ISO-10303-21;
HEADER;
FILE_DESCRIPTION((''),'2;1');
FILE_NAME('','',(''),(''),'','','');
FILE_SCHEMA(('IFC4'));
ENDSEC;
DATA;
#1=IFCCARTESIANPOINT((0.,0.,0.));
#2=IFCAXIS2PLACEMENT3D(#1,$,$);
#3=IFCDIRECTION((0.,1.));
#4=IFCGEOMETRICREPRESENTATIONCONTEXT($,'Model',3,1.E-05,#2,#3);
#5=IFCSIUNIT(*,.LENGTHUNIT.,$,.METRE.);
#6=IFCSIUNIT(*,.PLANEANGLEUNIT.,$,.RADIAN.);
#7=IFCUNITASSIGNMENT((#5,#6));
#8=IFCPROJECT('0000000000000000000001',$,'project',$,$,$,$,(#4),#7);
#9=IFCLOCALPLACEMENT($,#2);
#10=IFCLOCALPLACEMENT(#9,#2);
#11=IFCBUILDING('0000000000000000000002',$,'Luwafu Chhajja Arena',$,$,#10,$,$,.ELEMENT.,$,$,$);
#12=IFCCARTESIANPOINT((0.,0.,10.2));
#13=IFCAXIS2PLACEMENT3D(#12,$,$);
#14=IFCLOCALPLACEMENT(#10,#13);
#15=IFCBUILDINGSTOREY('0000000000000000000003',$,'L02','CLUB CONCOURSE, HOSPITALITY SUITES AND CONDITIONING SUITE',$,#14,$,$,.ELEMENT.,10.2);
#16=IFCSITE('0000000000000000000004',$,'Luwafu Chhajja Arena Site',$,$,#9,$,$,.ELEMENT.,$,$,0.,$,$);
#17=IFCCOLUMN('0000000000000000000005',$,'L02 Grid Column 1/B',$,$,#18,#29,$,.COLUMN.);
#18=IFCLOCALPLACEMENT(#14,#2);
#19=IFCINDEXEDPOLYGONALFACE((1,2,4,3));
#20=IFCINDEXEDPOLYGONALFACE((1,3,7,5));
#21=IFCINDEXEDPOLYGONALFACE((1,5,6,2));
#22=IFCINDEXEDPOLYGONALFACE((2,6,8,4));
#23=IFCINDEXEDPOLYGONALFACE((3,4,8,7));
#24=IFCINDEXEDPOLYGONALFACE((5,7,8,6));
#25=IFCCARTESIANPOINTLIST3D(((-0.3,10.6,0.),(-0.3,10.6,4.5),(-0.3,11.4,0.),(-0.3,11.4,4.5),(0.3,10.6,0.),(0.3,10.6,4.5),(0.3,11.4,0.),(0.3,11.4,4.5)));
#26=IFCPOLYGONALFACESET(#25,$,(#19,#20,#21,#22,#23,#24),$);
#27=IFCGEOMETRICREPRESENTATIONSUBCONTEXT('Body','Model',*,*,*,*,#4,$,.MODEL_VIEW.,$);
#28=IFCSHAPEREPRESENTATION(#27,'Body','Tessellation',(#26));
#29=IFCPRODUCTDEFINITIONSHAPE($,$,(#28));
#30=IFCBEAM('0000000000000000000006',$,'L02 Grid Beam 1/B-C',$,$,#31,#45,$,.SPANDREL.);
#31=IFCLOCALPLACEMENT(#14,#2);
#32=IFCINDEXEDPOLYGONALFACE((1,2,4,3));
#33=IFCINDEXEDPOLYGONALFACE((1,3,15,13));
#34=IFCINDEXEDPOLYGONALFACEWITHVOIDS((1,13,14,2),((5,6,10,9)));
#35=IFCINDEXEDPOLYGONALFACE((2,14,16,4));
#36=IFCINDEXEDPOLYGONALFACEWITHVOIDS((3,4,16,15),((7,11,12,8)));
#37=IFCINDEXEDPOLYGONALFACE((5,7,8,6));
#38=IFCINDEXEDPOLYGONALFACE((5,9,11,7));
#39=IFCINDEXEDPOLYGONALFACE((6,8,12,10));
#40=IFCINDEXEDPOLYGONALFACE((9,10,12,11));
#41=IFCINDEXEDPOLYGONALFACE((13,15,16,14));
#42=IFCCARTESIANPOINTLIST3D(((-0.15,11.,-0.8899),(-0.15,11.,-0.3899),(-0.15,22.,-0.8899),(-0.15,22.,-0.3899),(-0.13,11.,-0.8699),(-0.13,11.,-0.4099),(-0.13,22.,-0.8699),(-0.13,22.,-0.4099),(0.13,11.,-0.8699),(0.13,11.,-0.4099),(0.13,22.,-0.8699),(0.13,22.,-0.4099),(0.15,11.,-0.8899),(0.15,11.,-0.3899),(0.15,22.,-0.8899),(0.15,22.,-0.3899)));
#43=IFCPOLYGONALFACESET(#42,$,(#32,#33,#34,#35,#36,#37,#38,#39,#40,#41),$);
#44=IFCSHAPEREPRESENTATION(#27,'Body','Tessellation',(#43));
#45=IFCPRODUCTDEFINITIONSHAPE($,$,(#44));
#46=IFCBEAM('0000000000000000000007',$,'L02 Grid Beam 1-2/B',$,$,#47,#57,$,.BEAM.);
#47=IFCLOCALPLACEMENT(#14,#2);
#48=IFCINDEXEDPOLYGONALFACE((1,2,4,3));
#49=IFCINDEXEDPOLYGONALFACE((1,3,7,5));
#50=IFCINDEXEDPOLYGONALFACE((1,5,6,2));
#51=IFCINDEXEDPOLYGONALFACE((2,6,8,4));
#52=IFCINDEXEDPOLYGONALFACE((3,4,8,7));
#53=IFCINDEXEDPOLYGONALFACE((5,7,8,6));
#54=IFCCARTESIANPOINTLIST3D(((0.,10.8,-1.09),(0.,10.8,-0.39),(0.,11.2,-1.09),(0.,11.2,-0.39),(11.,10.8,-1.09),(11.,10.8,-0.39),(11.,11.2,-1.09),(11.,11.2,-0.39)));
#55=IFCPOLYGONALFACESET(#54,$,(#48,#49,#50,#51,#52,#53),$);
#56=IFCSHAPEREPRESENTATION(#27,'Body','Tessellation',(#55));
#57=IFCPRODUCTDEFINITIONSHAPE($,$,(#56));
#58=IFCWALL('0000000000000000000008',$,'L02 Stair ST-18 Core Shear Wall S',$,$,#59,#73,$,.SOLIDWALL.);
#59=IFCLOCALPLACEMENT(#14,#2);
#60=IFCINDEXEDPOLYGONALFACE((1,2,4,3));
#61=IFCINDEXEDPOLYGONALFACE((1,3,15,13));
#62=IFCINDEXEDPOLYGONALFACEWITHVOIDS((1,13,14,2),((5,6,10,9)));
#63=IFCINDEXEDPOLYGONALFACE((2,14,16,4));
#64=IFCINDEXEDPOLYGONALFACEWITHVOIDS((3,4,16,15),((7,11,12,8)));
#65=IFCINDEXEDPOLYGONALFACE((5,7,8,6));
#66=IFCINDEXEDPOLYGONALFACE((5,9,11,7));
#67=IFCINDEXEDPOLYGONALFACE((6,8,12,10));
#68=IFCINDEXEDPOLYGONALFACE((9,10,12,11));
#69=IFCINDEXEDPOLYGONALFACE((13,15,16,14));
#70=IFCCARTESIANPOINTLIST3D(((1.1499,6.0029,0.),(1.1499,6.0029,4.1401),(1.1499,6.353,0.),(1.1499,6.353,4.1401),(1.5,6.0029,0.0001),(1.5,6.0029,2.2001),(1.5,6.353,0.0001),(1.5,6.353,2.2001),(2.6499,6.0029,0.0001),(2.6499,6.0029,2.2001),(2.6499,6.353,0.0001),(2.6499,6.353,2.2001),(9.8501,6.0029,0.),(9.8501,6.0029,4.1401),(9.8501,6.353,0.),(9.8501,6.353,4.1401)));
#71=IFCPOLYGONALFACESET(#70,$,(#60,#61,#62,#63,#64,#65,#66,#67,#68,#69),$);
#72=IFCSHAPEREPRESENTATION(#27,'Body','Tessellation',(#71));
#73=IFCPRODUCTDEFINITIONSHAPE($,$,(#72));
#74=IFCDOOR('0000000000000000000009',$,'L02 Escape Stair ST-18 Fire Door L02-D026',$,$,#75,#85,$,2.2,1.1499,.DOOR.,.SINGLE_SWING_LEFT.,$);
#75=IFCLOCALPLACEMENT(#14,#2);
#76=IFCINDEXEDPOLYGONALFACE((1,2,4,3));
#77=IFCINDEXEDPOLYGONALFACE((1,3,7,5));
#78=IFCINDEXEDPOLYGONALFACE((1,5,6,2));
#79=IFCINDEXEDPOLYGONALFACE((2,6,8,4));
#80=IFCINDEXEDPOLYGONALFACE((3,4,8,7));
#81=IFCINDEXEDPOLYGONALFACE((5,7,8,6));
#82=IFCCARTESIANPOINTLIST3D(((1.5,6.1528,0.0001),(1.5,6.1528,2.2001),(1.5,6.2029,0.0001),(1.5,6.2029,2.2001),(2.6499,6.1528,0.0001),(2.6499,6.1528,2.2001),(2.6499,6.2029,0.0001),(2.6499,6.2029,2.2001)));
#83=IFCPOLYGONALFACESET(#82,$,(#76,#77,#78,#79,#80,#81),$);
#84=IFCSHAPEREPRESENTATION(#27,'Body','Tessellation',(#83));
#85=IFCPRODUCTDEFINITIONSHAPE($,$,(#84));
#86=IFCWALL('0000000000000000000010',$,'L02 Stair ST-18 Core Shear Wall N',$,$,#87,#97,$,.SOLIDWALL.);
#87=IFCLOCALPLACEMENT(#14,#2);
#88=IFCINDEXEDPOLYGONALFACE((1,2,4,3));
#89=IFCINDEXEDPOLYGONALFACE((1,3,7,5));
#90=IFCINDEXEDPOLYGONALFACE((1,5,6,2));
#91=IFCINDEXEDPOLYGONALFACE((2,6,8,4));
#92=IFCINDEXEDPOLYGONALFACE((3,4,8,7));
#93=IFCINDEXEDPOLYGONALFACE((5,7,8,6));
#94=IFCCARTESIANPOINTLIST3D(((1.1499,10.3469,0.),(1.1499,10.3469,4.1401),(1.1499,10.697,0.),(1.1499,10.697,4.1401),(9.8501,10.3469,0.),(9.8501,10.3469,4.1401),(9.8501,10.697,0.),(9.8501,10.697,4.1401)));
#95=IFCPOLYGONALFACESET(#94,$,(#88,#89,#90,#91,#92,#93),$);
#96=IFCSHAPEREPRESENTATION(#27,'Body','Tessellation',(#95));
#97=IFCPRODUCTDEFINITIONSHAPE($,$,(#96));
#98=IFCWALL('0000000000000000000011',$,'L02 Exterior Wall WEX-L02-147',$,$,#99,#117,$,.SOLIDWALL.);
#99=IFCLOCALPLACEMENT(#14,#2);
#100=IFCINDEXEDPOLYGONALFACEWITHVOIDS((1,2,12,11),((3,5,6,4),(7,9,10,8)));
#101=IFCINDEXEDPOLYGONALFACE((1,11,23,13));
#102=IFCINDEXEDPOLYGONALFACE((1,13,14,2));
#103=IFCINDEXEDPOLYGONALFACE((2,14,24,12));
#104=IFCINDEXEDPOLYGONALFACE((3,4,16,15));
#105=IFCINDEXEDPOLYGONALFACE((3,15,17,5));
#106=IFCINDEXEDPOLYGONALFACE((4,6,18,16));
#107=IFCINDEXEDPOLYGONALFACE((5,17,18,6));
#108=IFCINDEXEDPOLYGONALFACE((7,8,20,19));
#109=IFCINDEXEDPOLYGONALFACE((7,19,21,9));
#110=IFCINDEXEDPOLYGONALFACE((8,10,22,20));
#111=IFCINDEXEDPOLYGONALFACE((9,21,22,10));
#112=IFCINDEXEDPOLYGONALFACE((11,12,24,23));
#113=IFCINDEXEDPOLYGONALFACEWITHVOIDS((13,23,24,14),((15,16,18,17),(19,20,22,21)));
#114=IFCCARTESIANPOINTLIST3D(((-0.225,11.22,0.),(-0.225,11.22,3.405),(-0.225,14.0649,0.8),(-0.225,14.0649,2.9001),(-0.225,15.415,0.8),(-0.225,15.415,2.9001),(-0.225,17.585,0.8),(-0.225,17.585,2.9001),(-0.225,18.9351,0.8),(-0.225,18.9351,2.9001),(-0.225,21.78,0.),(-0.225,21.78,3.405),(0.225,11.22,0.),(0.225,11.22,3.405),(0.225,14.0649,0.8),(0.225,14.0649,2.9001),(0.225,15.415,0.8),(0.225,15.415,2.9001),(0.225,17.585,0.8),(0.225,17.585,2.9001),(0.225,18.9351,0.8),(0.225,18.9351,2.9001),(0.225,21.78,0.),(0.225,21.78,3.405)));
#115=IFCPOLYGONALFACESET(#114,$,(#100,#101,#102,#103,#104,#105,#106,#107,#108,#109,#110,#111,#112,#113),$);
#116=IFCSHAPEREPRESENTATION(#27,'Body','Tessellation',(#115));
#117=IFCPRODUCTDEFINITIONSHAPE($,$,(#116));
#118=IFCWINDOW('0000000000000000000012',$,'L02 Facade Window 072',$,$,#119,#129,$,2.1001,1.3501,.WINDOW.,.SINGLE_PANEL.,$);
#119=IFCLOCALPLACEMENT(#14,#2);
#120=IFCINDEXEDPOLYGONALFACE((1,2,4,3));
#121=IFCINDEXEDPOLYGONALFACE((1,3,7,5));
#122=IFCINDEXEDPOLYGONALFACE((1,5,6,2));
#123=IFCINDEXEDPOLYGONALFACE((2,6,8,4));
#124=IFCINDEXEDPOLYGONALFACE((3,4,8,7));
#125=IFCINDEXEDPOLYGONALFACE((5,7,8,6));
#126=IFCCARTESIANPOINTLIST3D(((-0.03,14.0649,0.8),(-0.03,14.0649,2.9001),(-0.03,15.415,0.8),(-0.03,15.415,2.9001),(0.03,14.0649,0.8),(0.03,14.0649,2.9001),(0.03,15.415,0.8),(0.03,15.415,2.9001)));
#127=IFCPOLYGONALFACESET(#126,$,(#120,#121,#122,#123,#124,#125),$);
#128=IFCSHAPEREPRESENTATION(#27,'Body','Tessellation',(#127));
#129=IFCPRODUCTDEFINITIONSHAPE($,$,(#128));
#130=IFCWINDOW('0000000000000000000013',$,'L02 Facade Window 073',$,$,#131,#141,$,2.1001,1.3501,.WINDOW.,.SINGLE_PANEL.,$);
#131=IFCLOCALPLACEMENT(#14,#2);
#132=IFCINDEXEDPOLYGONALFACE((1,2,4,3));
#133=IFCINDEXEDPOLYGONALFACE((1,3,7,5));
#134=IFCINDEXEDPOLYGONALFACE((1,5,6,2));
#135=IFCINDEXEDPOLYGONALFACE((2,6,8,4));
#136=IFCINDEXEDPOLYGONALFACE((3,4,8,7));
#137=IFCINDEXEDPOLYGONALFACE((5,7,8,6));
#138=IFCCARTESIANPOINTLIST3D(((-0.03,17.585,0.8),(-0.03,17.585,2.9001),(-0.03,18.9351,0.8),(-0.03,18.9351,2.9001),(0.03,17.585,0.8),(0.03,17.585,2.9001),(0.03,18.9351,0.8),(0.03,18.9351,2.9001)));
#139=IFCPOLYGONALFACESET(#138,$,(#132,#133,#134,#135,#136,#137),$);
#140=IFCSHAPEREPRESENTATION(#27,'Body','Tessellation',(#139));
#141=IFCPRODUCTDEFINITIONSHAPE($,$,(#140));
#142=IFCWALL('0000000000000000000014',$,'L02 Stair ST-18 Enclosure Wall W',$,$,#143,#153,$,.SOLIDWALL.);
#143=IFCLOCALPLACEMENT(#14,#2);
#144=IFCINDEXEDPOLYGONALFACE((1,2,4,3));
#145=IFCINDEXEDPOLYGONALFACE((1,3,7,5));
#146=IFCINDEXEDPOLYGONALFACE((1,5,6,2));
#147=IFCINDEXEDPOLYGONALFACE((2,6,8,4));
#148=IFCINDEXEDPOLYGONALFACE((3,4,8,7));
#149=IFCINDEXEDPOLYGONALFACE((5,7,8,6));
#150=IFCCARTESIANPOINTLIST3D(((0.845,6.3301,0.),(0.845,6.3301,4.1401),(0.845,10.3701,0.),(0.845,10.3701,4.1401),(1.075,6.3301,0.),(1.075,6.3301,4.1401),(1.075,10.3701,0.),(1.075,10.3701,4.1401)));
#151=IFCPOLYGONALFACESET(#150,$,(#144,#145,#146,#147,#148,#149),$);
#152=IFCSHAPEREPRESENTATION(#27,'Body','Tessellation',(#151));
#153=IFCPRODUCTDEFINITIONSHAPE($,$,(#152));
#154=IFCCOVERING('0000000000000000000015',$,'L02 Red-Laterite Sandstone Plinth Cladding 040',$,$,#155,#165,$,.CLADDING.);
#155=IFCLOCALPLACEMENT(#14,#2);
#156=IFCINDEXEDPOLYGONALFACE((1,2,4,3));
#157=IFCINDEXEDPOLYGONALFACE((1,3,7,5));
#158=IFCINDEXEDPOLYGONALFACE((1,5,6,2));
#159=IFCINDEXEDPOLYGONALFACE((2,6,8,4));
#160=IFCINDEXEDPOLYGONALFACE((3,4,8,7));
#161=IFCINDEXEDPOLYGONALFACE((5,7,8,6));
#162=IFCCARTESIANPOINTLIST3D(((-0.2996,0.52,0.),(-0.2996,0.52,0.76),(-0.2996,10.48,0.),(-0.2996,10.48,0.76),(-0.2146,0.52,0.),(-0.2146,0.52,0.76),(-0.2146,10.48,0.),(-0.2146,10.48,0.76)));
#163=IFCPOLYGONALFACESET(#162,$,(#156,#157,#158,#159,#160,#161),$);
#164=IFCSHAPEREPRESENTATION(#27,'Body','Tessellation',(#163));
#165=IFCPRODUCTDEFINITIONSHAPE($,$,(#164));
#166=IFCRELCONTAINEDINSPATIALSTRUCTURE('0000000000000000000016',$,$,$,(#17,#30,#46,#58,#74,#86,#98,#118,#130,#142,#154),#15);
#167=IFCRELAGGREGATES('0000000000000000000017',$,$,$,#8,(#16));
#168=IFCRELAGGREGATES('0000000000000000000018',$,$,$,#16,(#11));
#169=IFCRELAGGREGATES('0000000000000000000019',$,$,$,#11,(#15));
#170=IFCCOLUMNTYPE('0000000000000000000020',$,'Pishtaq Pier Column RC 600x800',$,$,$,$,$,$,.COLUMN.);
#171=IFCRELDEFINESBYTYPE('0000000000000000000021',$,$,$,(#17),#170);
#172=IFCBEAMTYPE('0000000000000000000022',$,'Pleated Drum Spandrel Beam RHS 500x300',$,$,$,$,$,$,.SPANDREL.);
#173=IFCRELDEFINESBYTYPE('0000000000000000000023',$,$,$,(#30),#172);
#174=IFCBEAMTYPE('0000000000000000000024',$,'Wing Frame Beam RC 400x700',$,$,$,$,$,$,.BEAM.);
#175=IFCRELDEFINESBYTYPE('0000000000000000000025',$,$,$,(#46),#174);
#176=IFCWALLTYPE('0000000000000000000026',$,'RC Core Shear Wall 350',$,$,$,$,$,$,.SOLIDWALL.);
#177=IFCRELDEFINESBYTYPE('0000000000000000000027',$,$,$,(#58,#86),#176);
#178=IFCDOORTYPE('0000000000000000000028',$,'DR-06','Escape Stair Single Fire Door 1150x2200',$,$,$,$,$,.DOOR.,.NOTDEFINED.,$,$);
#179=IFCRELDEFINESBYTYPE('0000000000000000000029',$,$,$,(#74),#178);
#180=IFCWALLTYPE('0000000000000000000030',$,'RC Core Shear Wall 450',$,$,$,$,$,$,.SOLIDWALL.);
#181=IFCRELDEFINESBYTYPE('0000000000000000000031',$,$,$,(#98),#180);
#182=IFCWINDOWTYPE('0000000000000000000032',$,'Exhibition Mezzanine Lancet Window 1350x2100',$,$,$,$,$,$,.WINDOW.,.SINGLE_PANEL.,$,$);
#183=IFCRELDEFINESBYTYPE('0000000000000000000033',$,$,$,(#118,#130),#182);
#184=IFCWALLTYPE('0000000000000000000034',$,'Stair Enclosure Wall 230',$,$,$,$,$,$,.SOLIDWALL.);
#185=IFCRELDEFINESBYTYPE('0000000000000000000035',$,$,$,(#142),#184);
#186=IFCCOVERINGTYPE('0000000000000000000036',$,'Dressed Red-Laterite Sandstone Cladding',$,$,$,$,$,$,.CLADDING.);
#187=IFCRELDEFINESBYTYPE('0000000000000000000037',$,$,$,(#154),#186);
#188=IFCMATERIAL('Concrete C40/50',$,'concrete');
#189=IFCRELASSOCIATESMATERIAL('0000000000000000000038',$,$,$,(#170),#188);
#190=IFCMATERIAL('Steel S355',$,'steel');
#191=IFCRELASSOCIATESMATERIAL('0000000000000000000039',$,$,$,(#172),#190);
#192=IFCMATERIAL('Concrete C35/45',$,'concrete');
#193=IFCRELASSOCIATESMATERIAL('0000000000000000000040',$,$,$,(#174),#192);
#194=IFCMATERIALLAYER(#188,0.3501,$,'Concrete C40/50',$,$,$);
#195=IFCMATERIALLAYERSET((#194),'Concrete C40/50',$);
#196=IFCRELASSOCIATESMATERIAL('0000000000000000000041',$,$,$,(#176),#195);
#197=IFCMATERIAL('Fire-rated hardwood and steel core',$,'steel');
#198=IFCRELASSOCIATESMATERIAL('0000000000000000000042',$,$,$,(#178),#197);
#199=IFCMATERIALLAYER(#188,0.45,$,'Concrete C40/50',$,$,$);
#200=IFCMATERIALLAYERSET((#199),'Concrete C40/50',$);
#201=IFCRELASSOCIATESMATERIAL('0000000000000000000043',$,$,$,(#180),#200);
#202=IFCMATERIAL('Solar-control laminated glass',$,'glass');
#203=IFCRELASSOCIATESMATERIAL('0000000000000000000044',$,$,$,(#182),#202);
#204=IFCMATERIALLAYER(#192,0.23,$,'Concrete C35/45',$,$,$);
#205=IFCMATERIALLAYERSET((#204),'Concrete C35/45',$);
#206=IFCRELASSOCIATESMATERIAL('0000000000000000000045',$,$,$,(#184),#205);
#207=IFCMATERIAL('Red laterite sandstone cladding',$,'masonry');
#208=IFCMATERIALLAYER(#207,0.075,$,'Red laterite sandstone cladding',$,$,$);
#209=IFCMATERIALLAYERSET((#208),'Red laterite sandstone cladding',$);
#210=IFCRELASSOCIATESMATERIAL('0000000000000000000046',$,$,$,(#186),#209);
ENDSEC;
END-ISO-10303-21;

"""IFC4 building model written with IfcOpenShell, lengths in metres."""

from ifc_helpers import new_model, si_unit, direction, frame, frame_2d, origin, origin_2d, place, context, subcontext, project, spatial, rectangle, hollow_rectangle, extrude, material, layer, layer_set, material_profile, profile_set, type_object, element, fill, save


model = new_model("IFC4")

# Units and contexts
model_context = context("Model", 3, precision=1e-05, world=origin(), true_north=direction((0.0, 1.0)))
body_context = subcontext(model_context, "Body", "Model", "MODEL_VIEW")
ifc_project = project(units=[si_unit("LENGTHUNIT", "METRE"), si_unit("PLANEANGLEUNIT", "RADIAN")], contexts=[model_context])

# Site, building, storey
site_placement = place(None, origin())
site = spatial("IfcSite", under=ifc_project, at=site_placement, Name="Luwafu Chhajja Arena Site", CompositionType="ELEMENT", RefElevation=0.0)
building_placement = place(site_placement, origin())
building = spatial("IfcBuilding", under=site, at=building_placement, Name="Luwafu Chhajja Arena", CompositionType="ELEMENT")
storey_placement = place(building_placement, frame((0.0, 0.0, 10.2)))
storey = spatial("IfcBuildingStorey", under=building, at=storey_placement, Name="L02", Description="CLUB CONCOURSE, HOSPITALITY SUITES AND CONDITIONING SUITE", CompositionType="ELEMENT", Elevation=10.2)

# Column
ifc_material_1 = material(Name="Concrete C40/50", Category="concrete")
ifc_material_profile_1 = material_profile(ifc_material_1, rectangle(XDim=0.6001, YDim=0.8, at=origin_2d()), Name="RC 600x800")
ifc_profile_set_1 = profile_set([ifc_material_profile_1], Name="Concrete C40/50")
column_type = type_object("IfcColumnType", Name="Pishtaq Pier Column RC 600x800", PredefinedType="COLUMN", material=ifc_profile_set_1)
column_placement = place(storey_placement, frame((0.0, 11.0, 0.0), z_axis=(0.0, 0.0, 1.0), x_axis=(1.0, 0.0, 0.0)))
element("IfcColumn", 1, at=column_placement, inside=storey, type_object=column_type, Name="L02 Grid Column 1/B", PredefinedType="COLUMN", context=body_context, shape_type="SweptSolid", body=[
    extrude(rectangle(XDim=0.6001, YDim=0.8, at=origin_2d()), origin(), (0.0, 0.0, 1.0), 4.5),
])

# Beams
ifc_material_2 = material(Name="Steel S355", Category="steel")
ifc_material_profile_2 = material_profile(ifc_material_2, hollow_rectangle(XDim=0.3, YDim=0.5, WallThickness=0.02, at=origin_2d()), Name="RHS 500x300x20")
ifc_profile_set_2 = profile_set([ifc_material_profile_2], Name="Steel S355")
beam_type_1 = type_object("IfcBeamType", Name="Pleated Drum Spandrel Beam RHS 500x300", PredefinedType="SPANDREL", material=ifc_profile_set_2)
beam_1_placement = place(storey_placement, frame((0.0, 11.0, -0.6399), z_axis=(0.0, 1.0, 0.0), x_axis=(-1.0, 0.0, 0.0)))
element("IfcBeam", 2, at=beam_1_placement, inside=storey, type_object=beam_type_1, Name="L02 Grid Beam 1/B-C", PredefinedType="SPANDREL", context=body_context, shape_type="SweptSolid", body=[
    extrude(hollow_rectangle(XDim=0.3, YDim=0.5, WallThickness=0.02, at=origin_2d()), origin(), (0.0, 0.0, 1.0), 11.0),
])
ifc_material_3 = material(Name="Concrete C35/45", Category="concrete")
ifc_material_profile_3 = material_profile(ifc_material_3, rectangle(XDim=0.3999, YDim=0.7, at=origin_2d()), Name="RC 400x700")
ifc_profile_set_3 = profile_set([ifc_material_profile_3], Name="Concrete C35/45")
beam_type_2 = type_object("IfcBeamType", Name="Wing Frame Beam RC 400x700", PredefinedType="BEAM", material=ifc_profile_set_3)
beam_2_placement = place(storey_placement, frame((0.0, 11.0, -0.74), z_axis=(1.0, 0.0, 0.0), x_axis=(0.0, 1.0, 0.0)))
element("IfcBeam", 3, at=beam_2_placement, inside=storey, type_object=beam_type_2, Name="L02 Grid Beam 1-2/B", PredefinedType="BEAM", context=body_context, shape_type="SweptSolid", body=[
    extrude(rectangle(XDim=0.3999, YDim=0.7, at=origin_2d()), origin(), (0.0, 0.0, 1.0), 11.0),
])

# Wall, opening, door
ifc_layer_1 = layer(ifc_material_1, 0.3501, Name="Concrete C40/50")
ifc_layer_set_1 = layer_set([ifc_layer_1], Name="Concrete C40/50")
wall_type_1 = type_object("IfcWallType", Name="RC Core Shear Wall 350", PredefinedType="SOLIDWALL", material=ifc_layer_set_1)
wall_1_placement = place(storey_placement, frame((1.1499, 6.178, 0.0), z_axis=(0.0, 0.0, 1.0), x_axis=(1.0, 0.0, 0.0)))
wall_1 = element("IfcWall", 4, at=wall_1_placement, inside=storey, type_object=wall_type_1, Name="L02 Stair ST-18 Core Shear Wall S", PredefinedType="SOLIDWALL", context=body_context, shape_type="SweptSolid", body=[
    extrude(rectangle(XDim=8.7002, YDim=0.3501, at=frame_2d((4.3501, 0.0))), origin(), (0.0, 0.0, 1.0), 4.1401),
])
opening_1_placement = place(wall_1_placement, frame((0.3501, 0.0, 0.0)))
opening_1 = element("IfcOpeningElement", 5, at=opening_1_placement, cuts=wall_1, PredefinedType="OPENING", context=body_context, shape_type="SweptSolid", body=[
    extrude(rectangle(XDim=1.1499, YDim=2.2, at=frame_2d((0.575, 1.1001))), frame((0.0, 0.1851, 0.0), z_axis=(0.0, -1.0, 0.0), x_axis=(1.0, 0.0, 0.0)), (0.0, 0.0, 1.0), 0.3701),
])
ifc_material_4 = material(Name="Fire-rated hardwood and steel core", Category="steel")
door_type = type_object("IfcDoorType", Name="DR-06", Description="Escape Stair Single Fire Door 1150x2200", OperationType="NOTDEFINED", PredefinedType="DOOR", material=ifc_material_4)
door_placement = place(opening_1_placement, origin())
door = element("IfcDoor", 6, at=door_placement, inside=storey, type_object=door_type, Name="L02 Escape Stair ST-18 Fire Door L02-D026", OperationType="SINGLE_SWING_LEFT", OverallHeight=2.2, OverallWidth=1.1499, PredefinedType="DOOR", context=body_context, shape_type="SweptSolid", body=[
    extrude(rectangle(XDim=1.1499, YDim=2.2, at=frame_2d((0.575, 1.1001))), frame((0.0, 0.0249, 0.0), z_axis=(0.0, -1.0, 0.0), x_axis=(1.0, 0.0, 0.0)), (0.0, 0.0, 1.0), 0.05),
])
fill(opening_1, door)

# Wall
wall_2_placement = place(storey_placement, frame((1.1499, 10.522, 0.0), z_axis=(0.0, 0.0, 1.0), x_axis=(1.0, 0.0, 0.0)))
element("IfcWall", 7, at=wall_2_placement, inside=storey, type_object=wall_type_1, Name="L02 Stair ST-18 Core Shear Wall N", PredefinedType="SOLIDWALL", context=body_context, shape_type="SweptSolid", body=[
    extrude(rectangle(XDim=8.7002, YDim=0.3501, at=frame_2d((4.3501, 0.0))), origin(), (0.0, 0.0, 1.0), 4.1401),
])

# Wall, openings, windows
ifc_layer_2 = layer(ifc_material_1, 0.45, Name="Concrete C40/50")
ifc_layer_set_2 = layer_set([ifc_layer_2], Name="Concrete C40/50")
wall_type_2 = type_object("IfcWallType", Name="RC Core Shear Wall 450", PredefinedType="SOLIDWALL", material=ifc_layer_set_2)
wall_3_placement = place(storey_placement, frame((0.0, 11.22, 0.0), z_axis=(0.0, 0.0, 1.0), x_axis=(0.0, 1.0, 0.0)))
wall_3 = element("IfcWall", 8, at=wall_3_placement, inside=storey, type_object=wall_type_2, Name="L02 Exterior Wall WEX-L02-147", PredefinedType="SOLIDWALL", context=body_context, shape_type="SweptSolid", body=[
    extrude(rectangle(XDim=10.5601, YDim=0.45, at=frame_2d((5.28, 0.0))), origin(), (0.0, 0.0, 1.0), 3.405),
])
opening_2_placement = place(wall_3_placement, frame((2.845, 0.0, 0.8)))
opening_2 = element("IfcOpeningElement", 9, at=opening_2_placement, cuts=wall_3, PredefinedType="OPENING", context=body_context, shape_type="SweptSolid", body=[
    extrude(rectangle(XDim=1.3501, YDim=2.1001, at=frame_2d((0.675, 1.05))), frame((0.0, 0.2349, 0.0), z_axis=(0.0, -1.0, 0.0), x_axis=(1.0, 0.0, 0.0)), (0.0, 0.0, 1.0), 0.47),
])
opening_3_placement = place(wall_3_placement, frame((6.365, 0.0, 0.8)))
opening_3 = element("IfcOpeningElement", 10, at=opening_3_placement, cuts=wall_3, PredefinedType="OPENING", context=body_context, shape_type="SweptSolid", body=[
    extrude(rectangle(XDim=1.3501, YDim=2.1001, at=frame_2d((0.675, 1.05))), frame((0.0, 0.2349, 0.0), z_axis=(0.0, -1.0, 0.0), x_axis=(1.0, 0.0, 0.0)), (0.0, 0.0, 1.0), 0.47),
])
ifc_material_5 = material(Name="Solar-control laminated glass", Category="glass")
window_type = type_object("IfcWindowType", Name="Exhibition Mezzanine Lancet Window 1350x2100", PartitioningType="SINGLE_PANEL", PredefinedType="WINDOW", material=ifc_material_5)
window_1_placement = place(opening_2_placement, origin())
window_1 = element("IfcWindow", 11, at=window_1_placement, inside=storey, type_object=window_type, Name="L02 Facade Window 072", OverallHeight=2.1001, OverallWidth=1.3501, PartitioningType="SINGLE_PANEL", PredefinedType="WINDOW", context=body_context, shape_type="SweptSolid", body=[
    extrude(rectangle(XDim=1.3501, YDim=2.1001, at=frame_2d((0.675, 1.05))), frame((0.0, 0.03, 0.0), z_axis=(0.0, -1.0, 0.0), x_axis=(1.0, 0.0, 0.0)), (0.0, 0.0, 1.0), 0.0601),
])
fill(opening_2, window_1)
window_2_placement = place(opening_3_placement, origin())
window_2 = element("IfcWindow", 12, at=window_2_placement, inside=storey, type_object=window_type, Name="L02 Facade Window 073", OverallHeight=2.1001, OverallWidth=1.3501, PartitioningType="SINGLE_PANEL", PredefinedType="WINDOW", context=body_context, shape_type="SweptSolid", body=[
    extrude(rectangle(XDim=1.3501, YDim=2.1001, at=frame_2d((0.675, 1.05))), frame((0.0, 0.03, 0.0), z_axis=(0.0, -1.0, 0.0), x_axis=(1.0, 0.0, 0.0)), (0.0, 0.0, 1.0), 0.0601),
])
fill(opening_3, window_2)

# Wall
ifc_layer_3 = layer(ifc_material_3, 0.23, Name="Concrete C35/45")
ifc_layer_set_3 = layer_set([ifc_layer_3], Name="Concrete C35/45")
wall_type_3 = type_object("IfcWallType", Name="Stair Enclosure Wall 230", PredefinedType="SOLIDWALL", material=ifc_layer_set_3)
wall_4_placement = place(storey_placement, frame((0.96, 6.3301, 0.0), z_axis=(0.0, 0.0, 1.0), x_axis=(0.0, 1.0, 0.0)))
element("IfcWall", 13, at=wall_4_placement, inside=storey, type_object=wall_type_3, Name="L02 Stair ST-18 Enclosure Wall W", PredefinedType="SOLIDWALL", context=body_context, shape_type="SweptSolid", body=[
    extrude(rectangle(XDim=4.04, YDim=0.23, at=frame_2d((2.02, 0.0))), origin(), (0.0, 0.0, 1.0), 4.1401),
])

# Covering
ifc_material_6 = material(Name="Red laterite sandstone cladding", Category="masonry")
ifc_layer_4 = layer(ifc_material_6, 0.075, Name="Red laterite sandstone cladding")
ifc_layer_set_4 = layer_set([ifc_layer_4], Name="Red laterite sandstone cladding")
covering_type = type_object("IfcCoveringType", Name="Dressed Red-Laterite Sandstone Cladding", PredefinedType="CLADDING", material=ifc_layer_set_4)
covering_1_placement = place(storey_placement, frame((-0.2571, 5.5, 0.0), z_axis=(0.0, 0.0, 1.0), x_axis=(0.0, 1.0, 0.0)))
element("IfcCovering", 14, at=covering_1_placement, inside=storey, type_object=covering_type, Name="L02 Red-Laterite Sandstone Plinth Cladding 040", PredefinedType="CLADDING", context=body_context, shape_type="SweptSolid", body=[
    extrude(rectangle(XDim=9.96, YDim=0.085, at=origin_2d()), origin(), (0.0, 0.0, 1.0), 0.76),
])

save(model, "model.ifc")
